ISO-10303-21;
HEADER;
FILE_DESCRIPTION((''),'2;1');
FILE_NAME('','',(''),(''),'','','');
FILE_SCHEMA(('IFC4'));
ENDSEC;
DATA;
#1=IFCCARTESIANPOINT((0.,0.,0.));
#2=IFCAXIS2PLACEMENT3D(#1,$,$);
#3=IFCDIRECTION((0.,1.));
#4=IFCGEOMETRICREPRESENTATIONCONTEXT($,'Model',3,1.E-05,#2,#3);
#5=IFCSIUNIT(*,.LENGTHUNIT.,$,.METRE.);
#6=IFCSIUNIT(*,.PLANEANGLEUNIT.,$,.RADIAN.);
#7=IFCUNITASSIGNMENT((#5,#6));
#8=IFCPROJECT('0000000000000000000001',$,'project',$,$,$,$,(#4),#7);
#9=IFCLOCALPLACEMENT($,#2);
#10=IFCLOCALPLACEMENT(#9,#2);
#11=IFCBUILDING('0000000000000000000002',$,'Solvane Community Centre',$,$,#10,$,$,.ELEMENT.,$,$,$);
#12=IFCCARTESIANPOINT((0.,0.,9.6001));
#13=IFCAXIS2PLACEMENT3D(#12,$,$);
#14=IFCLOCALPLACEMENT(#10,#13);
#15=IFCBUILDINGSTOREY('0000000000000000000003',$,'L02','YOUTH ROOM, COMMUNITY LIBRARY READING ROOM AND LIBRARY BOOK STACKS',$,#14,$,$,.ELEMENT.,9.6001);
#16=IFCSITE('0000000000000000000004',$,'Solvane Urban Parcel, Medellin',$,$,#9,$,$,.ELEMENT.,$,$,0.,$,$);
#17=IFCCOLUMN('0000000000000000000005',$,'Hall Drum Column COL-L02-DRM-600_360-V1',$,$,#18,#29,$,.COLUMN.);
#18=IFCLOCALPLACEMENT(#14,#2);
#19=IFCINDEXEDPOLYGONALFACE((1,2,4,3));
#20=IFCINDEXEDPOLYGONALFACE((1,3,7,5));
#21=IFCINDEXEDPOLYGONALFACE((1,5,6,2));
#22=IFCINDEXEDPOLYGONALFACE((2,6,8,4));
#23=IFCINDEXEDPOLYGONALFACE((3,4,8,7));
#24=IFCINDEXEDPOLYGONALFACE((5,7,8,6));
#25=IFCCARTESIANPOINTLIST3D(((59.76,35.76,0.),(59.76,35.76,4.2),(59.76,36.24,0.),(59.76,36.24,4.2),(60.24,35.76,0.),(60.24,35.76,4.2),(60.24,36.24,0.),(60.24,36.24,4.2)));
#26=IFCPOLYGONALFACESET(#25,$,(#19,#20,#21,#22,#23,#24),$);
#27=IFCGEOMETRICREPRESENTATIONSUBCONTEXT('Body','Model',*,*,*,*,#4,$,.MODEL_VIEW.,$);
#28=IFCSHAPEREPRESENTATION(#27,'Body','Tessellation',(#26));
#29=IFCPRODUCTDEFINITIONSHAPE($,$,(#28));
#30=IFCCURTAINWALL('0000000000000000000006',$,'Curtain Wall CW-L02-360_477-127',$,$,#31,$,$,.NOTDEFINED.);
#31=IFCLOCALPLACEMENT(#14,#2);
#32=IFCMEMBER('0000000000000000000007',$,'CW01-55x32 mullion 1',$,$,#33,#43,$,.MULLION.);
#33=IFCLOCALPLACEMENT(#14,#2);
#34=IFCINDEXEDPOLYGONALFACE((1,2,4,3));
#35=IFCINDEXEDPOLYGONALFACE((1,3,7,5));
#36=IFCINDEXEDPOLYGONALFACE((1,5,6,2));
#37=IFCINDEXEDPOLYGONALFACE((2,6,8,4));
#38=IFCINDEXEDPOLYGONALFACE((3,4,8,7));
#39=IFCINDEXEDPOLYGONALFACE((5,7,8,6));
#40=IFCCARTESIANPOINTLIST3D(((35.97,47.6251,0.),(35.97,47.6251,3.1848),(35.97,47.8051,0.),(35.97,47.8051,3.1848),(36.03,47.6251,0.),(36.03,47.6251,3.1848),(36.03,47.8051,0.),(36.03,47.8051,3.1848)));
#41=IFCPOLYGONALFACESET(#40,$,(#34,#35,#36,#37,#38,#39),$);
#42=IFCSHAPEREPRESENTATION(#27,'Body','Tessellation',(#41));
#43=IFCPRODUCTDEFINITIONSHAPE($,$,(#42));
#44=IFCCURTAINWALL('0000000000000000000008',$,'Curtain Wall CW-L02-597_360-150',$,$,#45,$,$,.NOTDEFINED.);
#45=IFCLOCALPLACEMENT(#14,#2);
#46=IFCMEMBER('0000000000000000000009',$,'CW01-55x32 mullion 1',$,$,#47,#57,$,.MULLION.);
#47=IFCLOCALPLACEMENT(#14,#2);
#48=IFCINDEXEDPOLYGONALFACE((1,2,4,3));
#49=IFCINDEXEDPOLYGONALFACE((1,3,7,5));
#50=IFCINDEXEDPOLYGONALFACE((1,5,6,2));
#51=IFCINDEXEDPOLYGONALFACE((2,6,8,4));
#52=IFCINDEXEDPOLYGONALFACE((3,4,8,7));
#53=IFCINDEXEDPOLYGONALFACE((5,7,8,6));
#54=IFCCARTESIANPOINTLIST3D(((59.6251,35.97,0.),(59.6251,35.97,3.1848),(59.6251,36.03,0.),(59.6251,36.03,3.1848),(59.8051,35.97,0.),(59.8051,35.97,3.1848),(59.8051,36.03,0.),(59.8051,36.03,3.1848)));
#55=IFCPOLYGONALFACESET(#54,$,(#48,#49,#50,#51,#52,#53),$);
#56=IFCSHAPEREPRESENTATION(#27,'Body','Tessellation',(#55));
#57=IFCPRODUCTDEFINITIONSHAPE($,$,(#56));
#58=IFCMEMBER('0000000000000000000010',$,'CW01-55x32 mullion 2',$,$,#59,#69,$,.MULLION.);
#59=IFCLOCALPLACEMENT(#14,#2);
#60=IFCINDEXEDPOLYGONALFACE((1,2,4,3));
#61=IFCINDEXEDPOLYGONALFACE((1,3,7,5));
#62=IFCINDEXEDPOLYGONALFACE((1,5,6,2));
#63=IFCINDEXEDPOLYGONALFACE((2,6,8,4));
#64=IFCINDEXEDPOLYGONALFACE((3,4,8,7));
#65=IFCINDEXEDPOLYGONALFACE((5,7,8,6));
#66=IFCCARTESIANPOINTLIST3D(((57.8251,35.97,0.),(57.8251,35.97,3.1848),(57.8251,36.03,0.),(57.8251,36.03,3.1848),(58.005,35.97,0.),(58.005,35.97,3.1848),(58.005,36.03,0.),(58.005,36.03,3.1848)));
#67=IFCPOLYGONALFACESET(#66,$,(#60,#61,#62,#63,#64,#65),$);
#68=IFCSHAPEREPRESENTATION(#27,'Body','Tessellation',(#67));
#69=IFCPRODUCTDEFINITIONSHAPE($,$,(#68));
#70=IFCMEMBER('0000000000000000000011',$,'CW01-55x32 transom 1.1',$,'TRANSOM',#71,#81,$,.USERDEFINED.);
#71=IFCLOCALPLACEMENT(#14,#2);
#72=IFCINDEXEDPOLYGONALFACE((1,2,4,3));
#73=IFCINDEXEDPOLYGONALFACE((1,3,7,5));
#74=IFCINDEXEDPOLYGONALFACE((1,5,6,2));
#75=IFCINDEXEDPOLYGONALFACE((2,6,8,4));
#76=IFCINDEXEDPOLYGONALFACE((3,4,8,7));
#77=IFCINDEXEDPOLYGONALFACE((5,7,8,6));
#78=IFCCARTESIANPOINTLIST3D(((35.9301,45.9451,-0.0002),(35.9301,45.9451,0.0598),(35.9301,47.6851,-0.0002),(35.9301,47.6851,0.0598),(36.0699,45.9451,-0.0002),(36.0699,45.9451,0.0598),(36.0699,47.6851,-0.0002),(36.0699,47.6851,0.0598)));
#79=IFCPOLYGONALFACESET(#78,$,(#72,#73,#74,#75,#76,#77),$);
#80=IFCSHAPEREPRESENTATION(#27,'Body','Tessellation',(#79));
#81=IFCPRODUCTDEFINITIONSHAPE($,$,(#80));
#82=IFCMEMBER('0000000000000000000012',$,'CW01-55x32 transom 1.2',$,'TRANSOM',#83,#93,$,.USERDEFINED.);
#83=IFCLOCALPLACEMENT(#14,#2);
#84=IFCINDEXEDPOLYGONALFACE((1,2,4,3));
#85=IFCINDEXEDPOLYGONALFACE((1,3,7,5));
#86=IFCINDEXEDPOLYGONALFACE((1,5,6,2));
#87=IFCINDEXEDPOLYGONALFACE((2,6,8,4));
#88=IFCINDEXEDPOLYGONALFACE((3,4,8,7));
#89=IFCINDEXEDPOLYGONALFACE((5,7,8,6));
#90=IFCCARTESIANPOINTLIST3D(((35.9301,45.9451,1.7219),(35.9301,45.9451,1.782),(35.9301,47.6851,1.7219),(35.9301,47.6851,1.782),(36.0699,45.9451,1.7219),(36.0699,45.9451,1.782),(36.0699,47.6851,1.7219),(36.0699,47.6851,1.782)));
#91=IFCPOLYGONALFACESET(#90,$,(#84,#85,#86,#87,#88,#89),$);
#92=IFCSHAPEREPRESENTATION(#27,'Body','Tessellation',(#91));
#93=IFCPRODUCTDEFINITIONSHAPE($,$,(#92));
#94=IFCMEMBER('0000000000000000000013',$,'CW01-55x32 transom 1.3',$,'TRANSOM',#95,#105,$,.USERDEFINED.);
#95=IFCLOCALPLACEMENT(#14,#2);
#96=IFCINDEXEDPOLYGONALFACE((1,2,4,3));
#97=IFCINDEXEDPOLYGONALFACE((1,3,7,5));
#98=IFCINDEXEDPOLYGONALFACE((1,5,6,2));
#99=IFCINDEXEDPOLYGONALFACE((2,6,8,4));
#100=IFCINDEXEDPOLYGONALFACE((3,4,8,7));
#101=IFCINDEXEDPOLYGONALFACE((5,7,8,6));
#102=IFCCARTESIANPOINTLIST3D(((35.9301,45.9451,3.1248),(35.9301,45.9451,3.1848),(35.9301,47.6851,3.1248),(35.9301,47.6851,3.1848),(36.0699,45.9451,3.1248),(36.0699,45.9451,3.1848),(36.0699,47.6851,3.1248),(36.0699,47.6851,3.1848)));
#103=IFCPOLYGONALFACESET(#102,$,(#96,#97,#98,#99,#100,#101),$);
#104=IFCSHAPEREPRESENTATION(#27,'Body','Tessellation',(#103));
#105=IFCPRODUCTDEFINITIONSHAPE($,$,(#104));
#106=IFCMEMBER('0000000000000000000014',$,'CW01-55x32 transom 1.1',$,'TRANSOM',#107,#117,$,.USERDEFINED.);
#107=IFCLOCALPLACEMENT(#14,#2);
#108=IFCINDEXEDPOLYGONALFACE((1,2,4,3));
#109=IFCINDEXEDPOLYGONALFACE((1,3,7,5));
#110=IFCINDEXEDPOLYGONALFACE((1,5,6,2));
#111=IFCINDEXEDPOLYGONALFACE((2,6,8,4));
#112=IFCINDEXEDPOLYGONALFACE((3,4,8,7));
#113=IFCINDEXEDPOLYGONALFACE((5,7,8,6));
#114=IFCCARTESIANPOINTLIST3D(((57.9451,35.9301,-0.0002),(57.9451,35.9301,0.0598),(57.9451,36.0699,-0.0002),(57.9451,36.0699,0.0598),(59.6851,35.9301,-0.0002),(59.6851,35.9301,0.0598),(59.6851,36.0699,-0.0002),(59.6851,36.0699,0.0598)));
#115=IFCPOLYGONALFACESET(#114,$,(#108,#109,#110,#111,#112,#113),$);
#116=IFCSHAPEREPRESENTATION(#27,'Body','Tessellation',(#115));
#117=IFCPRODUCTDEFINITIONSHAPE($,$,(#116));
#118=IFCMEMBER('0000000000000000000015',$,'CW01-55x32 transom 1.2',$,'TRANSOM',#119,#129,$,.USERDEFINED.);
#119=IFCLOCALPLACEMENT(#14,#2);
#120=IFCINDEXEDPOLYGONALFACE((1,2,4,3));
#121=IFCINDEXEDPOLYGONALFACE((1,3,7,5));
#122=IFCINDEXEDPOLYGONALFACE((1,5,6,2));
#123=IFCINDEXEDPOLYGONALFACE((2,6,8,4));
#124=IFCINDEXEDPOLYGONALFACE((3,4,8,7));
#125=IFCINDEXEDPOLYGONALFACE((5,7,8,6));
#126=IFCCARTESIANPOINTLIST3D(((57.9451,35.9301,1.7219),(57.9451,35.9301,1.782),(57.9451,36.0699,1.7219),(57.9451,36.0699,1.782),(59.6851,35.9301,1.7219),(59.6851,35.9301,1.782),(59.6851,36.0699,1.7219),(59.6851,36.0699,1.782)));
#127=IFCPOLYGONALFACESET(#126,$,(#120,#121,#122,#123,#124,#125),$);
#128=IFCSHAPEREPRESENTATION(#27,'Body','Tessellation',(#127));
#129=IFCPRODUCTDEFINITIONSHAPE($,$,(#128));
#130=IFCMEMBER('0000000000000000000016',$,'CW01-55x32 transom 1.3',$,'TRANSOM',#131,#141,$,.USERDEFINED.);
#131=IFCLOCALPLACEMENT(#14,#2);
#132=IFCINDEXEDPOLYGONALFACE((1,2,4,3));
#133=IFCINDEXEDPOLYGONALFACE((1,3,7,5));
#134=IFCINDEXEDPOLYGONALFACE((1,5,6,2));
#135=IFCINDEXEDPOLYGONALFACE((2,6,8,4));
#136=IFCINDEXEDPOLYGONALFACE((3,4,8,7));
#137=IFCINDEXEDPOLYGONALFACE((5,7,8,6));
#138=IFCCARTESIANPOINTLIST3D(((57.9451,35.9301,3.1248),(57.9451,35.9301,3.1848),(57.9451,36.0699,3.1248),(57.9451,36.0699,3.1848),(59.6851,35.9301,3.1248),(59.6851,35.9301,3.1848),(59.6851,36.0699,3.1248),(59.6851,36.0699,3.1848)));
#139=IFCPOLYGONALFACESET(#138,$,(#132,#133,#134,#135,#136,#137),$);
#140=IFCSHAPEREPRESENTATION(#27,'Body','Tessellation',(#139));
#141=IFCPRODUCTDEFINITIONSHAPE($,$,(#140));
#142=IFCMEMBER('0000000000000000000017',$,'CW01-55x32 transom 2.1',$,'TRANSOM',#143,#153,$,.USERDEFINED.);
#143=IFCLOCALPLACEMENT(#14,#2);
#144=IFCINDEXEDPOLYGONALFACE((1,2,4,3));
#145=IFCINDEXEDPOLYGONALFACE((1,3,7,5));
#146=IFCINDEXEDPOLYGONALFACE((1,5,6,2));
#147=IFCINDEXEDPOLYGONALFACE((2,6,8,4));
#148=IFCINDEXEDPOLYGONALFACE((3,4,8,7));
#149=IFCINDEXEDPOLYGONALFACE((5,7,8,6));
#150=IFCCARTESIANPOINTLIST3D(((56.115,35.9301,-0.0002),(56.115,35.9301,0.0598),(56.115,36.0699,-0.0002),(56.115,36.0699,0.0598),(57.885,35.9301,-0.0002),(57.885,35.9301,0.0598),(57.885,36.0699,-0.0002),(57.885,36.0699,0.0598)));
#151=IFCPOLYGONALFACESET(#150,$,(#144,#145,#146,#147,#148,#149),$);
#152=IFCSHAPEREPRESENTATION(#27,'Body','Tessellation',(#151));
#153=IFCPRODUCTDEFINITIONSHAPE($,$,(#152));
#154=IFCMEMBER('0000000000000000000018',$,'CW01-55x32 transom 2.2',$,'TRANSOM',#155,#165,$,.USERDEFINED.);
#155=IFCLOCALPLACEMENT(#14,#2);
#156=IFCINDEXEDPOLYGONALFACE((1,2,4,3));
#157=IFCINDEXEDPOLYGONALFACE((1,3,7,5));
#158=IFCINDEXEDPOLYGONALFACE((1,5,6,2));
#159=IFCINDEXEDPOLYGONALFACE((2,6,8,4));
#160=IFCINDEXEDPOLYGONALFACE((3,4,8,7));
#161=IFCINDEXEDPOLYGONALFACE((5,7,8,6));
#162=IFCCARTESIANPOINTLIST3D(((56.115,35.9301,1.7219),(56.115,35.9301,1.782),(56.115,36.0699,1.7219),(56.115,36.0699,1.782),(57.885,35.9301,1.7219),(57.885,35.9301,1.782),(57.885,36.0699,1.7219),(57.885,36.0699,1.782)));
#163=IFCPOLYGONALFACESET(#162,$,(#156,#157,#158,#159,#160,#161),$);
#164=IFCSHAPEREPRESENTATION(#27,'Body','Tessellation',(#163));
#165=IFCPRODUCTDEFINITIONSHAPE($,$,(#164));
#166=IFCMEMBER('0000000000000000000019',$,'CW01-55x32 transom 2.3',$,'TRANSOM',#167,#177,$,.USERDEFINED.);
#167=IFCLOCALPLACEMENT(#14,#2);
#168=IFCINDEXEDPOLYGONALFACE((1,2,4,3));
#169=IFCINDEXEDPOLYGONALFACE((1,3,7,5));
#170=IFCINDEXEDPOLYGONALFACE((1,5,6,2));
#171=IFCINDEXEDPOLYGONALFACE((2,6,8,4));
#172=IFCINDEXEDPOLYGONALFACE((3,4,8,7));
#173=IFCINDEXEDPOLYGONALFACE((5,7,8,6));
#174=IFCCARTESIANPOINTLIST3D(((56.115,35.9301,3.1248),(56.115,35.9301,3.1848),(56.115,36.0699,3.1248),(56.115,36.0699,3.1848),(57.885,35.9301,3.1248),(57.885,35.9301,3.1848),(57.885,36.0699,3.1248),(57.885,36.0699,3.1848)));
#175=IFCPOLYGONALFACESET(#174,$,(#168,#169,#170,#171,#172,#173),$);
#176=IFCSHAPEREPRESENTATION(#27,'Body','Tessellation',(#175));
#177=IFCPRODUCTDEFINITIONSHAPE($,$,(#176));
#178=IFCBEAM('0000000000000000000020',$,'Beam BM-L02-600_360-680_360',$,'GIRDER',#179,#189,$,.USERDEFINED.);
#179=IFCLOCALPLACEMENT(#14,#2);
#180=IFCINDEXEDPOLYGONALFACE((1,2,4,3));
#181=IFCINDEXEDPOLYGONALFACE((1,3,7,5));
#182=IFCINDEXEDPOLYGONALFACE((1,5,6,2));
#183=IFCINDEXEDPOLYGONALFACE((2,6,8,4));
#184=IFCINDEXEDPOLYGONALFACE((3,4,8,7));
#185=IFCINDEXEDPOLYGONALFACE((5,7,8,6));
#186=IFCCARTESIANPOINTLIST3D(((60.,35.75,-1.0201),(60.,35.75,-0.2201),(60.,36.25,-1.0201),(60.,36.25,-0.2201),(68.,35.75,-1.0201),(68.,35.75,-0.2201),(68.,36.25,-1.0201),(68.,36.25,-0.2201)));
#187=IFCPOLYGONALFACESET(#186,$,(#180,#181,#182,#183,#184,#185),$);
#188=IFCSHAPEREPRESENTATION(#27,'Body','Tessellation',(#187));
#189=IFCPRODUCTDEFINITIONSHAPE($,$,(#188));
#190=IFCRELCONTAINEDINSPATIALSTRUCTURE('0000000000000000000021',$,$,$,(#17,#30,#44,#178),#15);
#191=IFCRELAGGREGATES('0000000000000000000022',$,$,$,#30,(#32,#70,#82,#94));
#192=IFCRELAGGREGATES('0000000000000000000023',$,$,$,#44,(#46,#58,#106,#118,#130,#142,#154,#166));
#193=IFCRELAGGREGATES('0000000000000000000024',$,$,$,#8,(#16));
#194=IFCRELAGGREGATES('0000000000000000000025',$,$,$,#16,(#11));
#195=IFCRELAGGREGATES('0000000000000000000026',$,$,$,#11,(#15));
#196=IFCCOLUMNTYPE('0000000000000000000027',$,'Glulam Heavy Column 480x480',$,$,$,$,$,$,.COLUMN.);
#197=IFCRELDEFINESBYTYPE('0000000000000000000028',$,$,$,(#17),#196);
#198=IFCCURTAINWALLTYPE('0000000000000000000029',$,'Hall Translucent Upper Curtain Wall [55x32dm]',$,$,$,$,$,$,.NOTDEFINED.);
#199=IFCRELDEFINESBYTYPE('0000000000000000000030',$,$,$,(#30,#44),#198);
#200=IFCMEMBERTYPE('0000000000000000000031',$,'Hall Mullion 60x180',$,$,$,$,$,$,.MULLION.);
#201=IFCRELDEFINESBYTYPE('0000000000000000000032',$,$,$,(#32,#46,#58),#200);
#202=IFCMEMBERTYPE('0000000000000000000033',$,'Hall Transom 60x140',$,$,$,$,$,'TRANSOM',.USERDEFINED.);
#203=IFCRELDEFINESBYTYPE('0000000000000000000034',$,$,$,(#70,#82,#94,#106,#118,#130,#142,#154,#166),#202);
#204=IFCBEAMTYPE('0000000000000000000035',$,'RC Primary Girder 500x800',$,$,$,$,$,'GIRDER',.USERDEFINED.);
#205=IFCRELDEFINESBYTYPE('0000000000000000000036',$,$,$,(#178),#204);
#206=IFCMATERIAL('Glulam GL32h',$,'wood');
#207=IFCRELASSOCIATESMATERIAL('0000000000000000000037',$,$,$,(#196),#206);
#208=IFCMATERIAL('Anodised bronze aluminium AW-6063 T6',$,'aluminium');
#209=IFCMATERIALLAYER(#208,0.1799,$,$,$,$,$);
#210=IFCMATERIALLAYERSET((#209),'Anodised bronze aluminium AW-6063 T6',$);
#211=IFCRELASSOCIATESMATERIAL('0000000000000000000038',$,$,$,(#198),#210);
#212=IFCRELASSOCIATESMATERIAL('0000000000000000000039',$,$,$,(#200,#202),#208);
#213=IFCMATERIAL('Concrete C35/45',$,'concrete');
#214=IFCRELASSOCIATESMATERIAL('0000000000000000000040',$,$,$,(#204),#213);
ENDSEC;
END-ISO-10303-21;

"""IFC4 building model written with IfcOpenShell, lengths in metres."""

from ifc_helpers import new_model, si_unit, direction, frame, origin, origin_2d, place, context, subcontext, project, spatial, rectangle, extrude, material, layer, layer_set, material_profile, profile_set, type_object, element, aggregate, save


model = new_model("IFC4")

# Units and contexts
model_context = context("Model", 3, precision=1e-05, world=origin(), true_north=direction((0.0, 1.0)))
body_context = subcontext(model_context, "Body", "Model", "MODEL_VIEW")
ifc_project = project(units=[si_unit("LENGTHUNIT", "METRE"), si_unit("PLANEANGLEUNIT", "RADIAN")], contexts=[model_context])

# Site, building, storey
site_placement = place(None, origin())
site = spatial("IfcSite", under=ifc_project, at=site_placement, Name="Solvane Urban Parcel, Medellin", CompositionType="ELEMENT", RefElevation=0.0)
building_placement = place(site_placement, origin())
building = spatial("IfcBuilding", under=site, at=building_placement, Name="Solvane Community Centre", CompositionType="ELEMENT")
storey_placement = place(building_placement, frame((0.0, 0.0, 9.6001)))
storey = spatial("IfcBuildingStorey", under=building, at=storey_placement, Name="L02", Description="YOUTH ROOM, COMMUNITY LIBRARY READING ROOM AND LIBRARY BOOK STACKS", CompositionType="ELEMENT", Elevation=9.6001)

# Column
ifc_material_1 = material(Name="Glulam GL32h", Category="wood")
ifc_material_profile_1 = material_profile(ifc_material_1, rectangle(XDim=0.48, YDim=0.48, at=origin_2d()), Name="GL32h 480x480")
ifc_profile_set_1 = profile_set([ifc_material_profile_1], Name="Glulam GL32h")
column_type = type_object("IfcColumnType", Name="Glulam Heavy Column 480x480", PredefinedType="COLUMN", material=ifc_profile_set_1)
column_placement = place(storey_placement, frame((60.0, 36.0, 0.0), z_axis=(0.0, 0.0, 1.0), x_axis=(1.0, 0.0, 0.0)))
element("IfcColumn", 1, at=column_placement, inside=storey, type_object=column_type, Name="Hall Drum Column COL-L02-DRM-600_360-V1", PredefinedType="COLUMN", context=body_context, shape_type="SweptSolid", body=[
    extrude(rectangle(XDim=0.48, YDim=0.48, at=origin_2d()), origin(), (0.0, 0.0, 1.0), 4.2),
])

# Curtain wall, member
ifc_material_2 = material(Name="Anodised bronze aluminium AW-6063 T6", Category="aluminium")
ifc_layer_1 = layer(ifc_material_2, 0.1799)
ifc_layer_set_1 = layer_set([ifc_layer_1], Name="Anodised bronze aluminium AW-6063 T6")
curtain_wall_type = type_object("IfcCurtainWallType", Name="Hall Translucent Upper Curtain Wall [55x32dm]", PredefinedType="NOTDEFINED", material=ifc_layer_set_1)
curtain_wall_1_placement = place(storey_placement, origin())
curtain_wall_1 = element("IfcCurtainWall", 2, at=curtain_wall_1_placement, inside=storey, type_object=curtain_wall_type, Name="Curtain Wall CW-L02-360_477-127", PredefinedType="NOTDEFINED")
ifc_material_profile_2 = material_profile(ifc_material_2, rectangle(XDim=0.0601, YDim=0.1799, at=origin_2d()), Name="CW-M 60x180")
ifc_profile_set_2 = profile_set([ifc_material_profile_2], Name="Anodised bronze aluminium AW-6063 T6")
member_type_1 = type_object("IfcMemberType", Name="Hall Mullion 60x180", PredefinedType="MULLION", material=ifc_profile_set_2)
member_1_placement = place(storey_placement, frame((36.0, 47.7151, 0.0), z_axis=(0.0, 0.0, 1.0), x_axis=(1.0, 0.0, 0.0)))
member_1 = element("IfcMember", 3, at=member_1_placement, type_object=member_type_1, Name="CW01-55x32 mullion 1", PredefinedType="MULLION", context=body_context, shape_type="SweptSolid", body=[
    extrude(rectangle(XDim=0.0601, YDim=0.1799, at=origin_2d()), origin(), (0.0, 0.0, 1.0), 3.1848),
])

# Curtain wall, members
curtain_wall_2_placement = place(storey_placement, origin())
curtain_wall_2 = element("IfcCurtainWall", 4, at=curtain_wall_2_placement, inside=storey, type_object=curtain_wall_type, Name="Curtain Wall CW-L02-597_360-150", PredefinedType="NOTDEFINED")
member_2_placement = place(storey_placement, frame((59.7151, 36.0, 0.0), z_axis=(0.0, 0.0, 1.0), x_axis=(0.0, -1.0, 0.0)))
member_2 = element("IfcMember", 5, at=member_2_placement, type_object=member_type_1, Name="CW01-55x32 mullion 1", PredefinedType="MULLION", context=body_context, shape_type="SweptSolid", body=[
    extrude(rectangle(XDim=0.0601, YDim=0.1799, at=origin_2d()), origin(), (0.0, 0.0, 1.0), 3.1848),
])
member_3_placement = place(storey_placement, frame((57.915, 36.0, 0.0), z_axis=(0.0, 0.0, 1.0), x_axis=(0.0, -1.0, 0.0)))
member_3 = element("IfcMember", 6, at=member_3_placement, type_object=member_type_1, Name="CW01-55x32 mullion 2", PredefinedType="MULLION", context=body_context, shape_type="SweptSolid", body=[
    extrude(rectangle(XDim=0.0601, YDim=0.1799, at=origin_2d()), origin(), (0.0, 0.0, 1.0), 3.1848),
])

# Members
ifc_material_profile_3 = material_profile(ifc_material_2, rectangle(XDim=0.1399, YDim=0.0601, at=origin_2d()), Name="CW-T 60x140")
ifc_profile_set_3 = profile_set([ifc_material_profile_3], Name="Anodised bronze aluminium AW-6063 T6")
member_type_2 = type_object("IfcMemberType", Name="Hall Transom 60x140", ElementType="TRANSOM", PredefinedType="USERDEFINED", material=ifc_profile_set_3)
member_4_placement = place(storey_placement, frame((36.0, 47.6851, 0.0298), z_axis=(0.0, -1.0, 0.0), x_axis=(1.0, 0.0, 0.0)))
member_4 = element("IfcMember", 7, at=member_4_placement, type_object=member_type_2, Name="CW01-55x32 transom 1.1", ObjectType="TRANSOM", PredefinedType="USERDEFINED", context=body_context, shape_type="SweptSolid", body=[
    extrude(rectangle(XDim=0.1399, YDim=0.0601, at=origin_2d()), origin(), (0.0, 0.0, 1.0), 1.74),
])
member_5_placement = place(storey_placement, frame((36.0, 47.6851, 1.752), z_axis=(0.0, -1.0, 0.0), x_axis=(1.0, 0.0, 0.0)))
member_5 = element("IfcMember", 8, at=member_5_placement, type_object=member_type_2, Name="CW01-55x32 transom 1.2", ObjectType="TRANSOM", PredefinedType="USERDEFINED", context=body_context, shape_type="SweptSolid", body=[
    extrude(rectangle(XDim=0.1399, YDim=0.0601, at=origin_2d()), origin(), (0.0, 0.0, 1.0), 1.74),
])
member_6_placement = place(storey_placement, frame((36.0, 47.6851, 3.1548), z_axis=(0.0, -1.0, 0.0), x_axis=(1.0, 0.0, 0.0)))
member_6 = element("IfcMember", 9, at=member_6_placement, type_object=member_type_2, Name="CW01-55x32 transom 1.3", ObjectType="TRANSOM", PredefinedType="USERDEFINED", context=body_context, shape_type="SweptSolid", body=[
    extrude(rectangle(XDim=0.1399, YDim=0.0601, at=origin_2d()), origin(), (0.0, 0.0, 1.0), 1.74),
])
member_7_placement = place(storey_placement, frame((59.6851, 36.0, 0.0298), z_axis=(-1.0, 0.0, 0.0), x_axis=(0.0, -1.0, 0.0)))
member_7 = element("IfcMember", 10, at=member_7_placement, type_object=member_type_2, Name="CW01-55x32 transom 1.1", ObjectType="TRANSOM", PredefinedType="USERDEFINED", context=body_context, shape_type="SweptSolid", body=[
    extrude(rectangle(XDim=0.1399, YDim=0.0601, at=origin_2d()), origin(), (0.0, 0.0, 1.0), 1.74),
])
member_8_placement = place(storey_placement, frame((59.6851, 36.0, 1.752), z_axis=(-1.0, 0.0, 0.0), x_axis=(0.0, -1.0, 0.0)))
member_8 = element("IfcMember", 11, at=member_8_placement, type_object=member_type_2, Name="CW01-55x32 transom 1.2", ObjectType="TRANSOM", PredefinedType="USERDEFINED", context=body_context, shape_type="SweptSolid", body=[
    extrude(rectangle(XDim=0.1399, YDim=0.0601, at=origin_2d()), origin(), (0.0, 0.0, 1.0), 1.74),
])
member_9_placement = place(storey_placement, frame((59.6851, 36.0, 3.1548), z_axis=(-1.0, 0.0, 0.0), x_axis=(0.0, -1.0, 0.0)))
member_9 = element("IfcMember", 12, at=member_9_placement, type_object=member_type_2, Name="CW01-55x32 transom 1.3", ObjectType="TRANSOM", PredefinedType="USERDEFINED", context=body_context, shape_type="SweptSolid", body=[
    extrude(rectangle(XDim=0.1399, YDim=0.0601, at=origin_2d()), origin(), (0.0, 0.0, 1.0), 1.74),
])
member_10_placement = place(storey_placement, frame((57.885, 36.0, 0.0298), z_axis=(-1.0, 0.0, 0.0), x_axis=(0.0, -1.0, 0.0)))
member_10 = element("IfcMember", 13, at=member_10_placement, type_object=member_type_2, Name="CW01-55x32 transom 2.1", ObjectType="TRANSOM", PredefinedType="USERDEFINED", context=body_context, shape_type="SweptSolid", body=[
    extrude(rectangle(XDim=0.1399, YDim=0.0601, at=origin_2d()), origin(), (0.0, 0.0, 1.0), 1.77),
])
member_11_placement = place(storey_placement, frame((57.885, 36.0, 1.752), z_axis=(-1.0, 0.0, 0.0), x_axis=(0.0, -1.0, 0.0)))
member_11 = element("IfcMember", 14, at=member_11_placement, type_object=member_type_2, Name="CW01-55x32 transom 2.2", ObjectType="TRANSOM", PredefinedType="USERDEFINED", context=body_context, shape_type="SweptSolid", body=[
    extrude(rectangle(XDim=0.1399, YDim=0.0601, at=origin_2d()), origin(), (0.0, 0.0, 1.0), 1.77),
])
member_12_placement = place(storey_placement, frame((57.885, 36.0, 3.1548), z_axis=(-1.0, 0.0, 0.0), x_axis=(0.0, -1.0, 0.0)))
member_12 = element("IfcMember", 15, at=member_12_placement, type_object=member_type_2, Name="CW01-55x32 transom 2.3", ObjectType="TRANSOM", PredefinedType="USERDEFINED", context=body_context, shape_type="SweptSolid", body=[
    extrude(rectangle(XDim=0.1399, YDim=0.0601, at=origin_2d()), origin(), (0.0, 0.0, 1.0), 1.77),
])

# Beam
ifc_material_3 = material(Name="Concrete C35/45", Category="concrete")
ifc_material_profile_4 = material_profile(ifc_material_3, rectangle(XDim=0.5, YDim=0.8, at=origin_2d()), Name="RC 500x800")
ifc_profile_set_4 = profile_set([ifc_material_profile_4], Name="Concrete C35/45")
beam_type_1 = type_object("IfcBeamType", Name="RC Primary Girder 500x800", ElementType="GIRDER", PredefinedType="USERDEFINED", material=ifc_profile_set_4)
beam_placement = place(storey_placement, frame((60.0, 36.0, -0.6201), z_axis=(1.0, 0.0, 0.0), x_axis=(0.0, 1.0, 0.0)))
element("IfcBeam", 16, at=beam_placement, inside=storey, type_object=beam_type_1, Name="Beam BM-L02-600_360-680_360", ObjectType="GIRDER", PredefinedType="USERDEFINED", context=body_context, shape_type="SweptSolid", body=[
    extrude(rectangle(XDim=0.5, YDim=0.8, at=origin_2d()), origin(), (0.0, 0.0, 1.0), 8.0),
])

aggregate(curtain_wall_1, [member_1, member_4, member_5, member_6])
aggregate(curtain_wall_2, [member_2, member_3, member_7, member_8, member_9, member_10, member_11, member_12])

save(model, "model.ifc")
